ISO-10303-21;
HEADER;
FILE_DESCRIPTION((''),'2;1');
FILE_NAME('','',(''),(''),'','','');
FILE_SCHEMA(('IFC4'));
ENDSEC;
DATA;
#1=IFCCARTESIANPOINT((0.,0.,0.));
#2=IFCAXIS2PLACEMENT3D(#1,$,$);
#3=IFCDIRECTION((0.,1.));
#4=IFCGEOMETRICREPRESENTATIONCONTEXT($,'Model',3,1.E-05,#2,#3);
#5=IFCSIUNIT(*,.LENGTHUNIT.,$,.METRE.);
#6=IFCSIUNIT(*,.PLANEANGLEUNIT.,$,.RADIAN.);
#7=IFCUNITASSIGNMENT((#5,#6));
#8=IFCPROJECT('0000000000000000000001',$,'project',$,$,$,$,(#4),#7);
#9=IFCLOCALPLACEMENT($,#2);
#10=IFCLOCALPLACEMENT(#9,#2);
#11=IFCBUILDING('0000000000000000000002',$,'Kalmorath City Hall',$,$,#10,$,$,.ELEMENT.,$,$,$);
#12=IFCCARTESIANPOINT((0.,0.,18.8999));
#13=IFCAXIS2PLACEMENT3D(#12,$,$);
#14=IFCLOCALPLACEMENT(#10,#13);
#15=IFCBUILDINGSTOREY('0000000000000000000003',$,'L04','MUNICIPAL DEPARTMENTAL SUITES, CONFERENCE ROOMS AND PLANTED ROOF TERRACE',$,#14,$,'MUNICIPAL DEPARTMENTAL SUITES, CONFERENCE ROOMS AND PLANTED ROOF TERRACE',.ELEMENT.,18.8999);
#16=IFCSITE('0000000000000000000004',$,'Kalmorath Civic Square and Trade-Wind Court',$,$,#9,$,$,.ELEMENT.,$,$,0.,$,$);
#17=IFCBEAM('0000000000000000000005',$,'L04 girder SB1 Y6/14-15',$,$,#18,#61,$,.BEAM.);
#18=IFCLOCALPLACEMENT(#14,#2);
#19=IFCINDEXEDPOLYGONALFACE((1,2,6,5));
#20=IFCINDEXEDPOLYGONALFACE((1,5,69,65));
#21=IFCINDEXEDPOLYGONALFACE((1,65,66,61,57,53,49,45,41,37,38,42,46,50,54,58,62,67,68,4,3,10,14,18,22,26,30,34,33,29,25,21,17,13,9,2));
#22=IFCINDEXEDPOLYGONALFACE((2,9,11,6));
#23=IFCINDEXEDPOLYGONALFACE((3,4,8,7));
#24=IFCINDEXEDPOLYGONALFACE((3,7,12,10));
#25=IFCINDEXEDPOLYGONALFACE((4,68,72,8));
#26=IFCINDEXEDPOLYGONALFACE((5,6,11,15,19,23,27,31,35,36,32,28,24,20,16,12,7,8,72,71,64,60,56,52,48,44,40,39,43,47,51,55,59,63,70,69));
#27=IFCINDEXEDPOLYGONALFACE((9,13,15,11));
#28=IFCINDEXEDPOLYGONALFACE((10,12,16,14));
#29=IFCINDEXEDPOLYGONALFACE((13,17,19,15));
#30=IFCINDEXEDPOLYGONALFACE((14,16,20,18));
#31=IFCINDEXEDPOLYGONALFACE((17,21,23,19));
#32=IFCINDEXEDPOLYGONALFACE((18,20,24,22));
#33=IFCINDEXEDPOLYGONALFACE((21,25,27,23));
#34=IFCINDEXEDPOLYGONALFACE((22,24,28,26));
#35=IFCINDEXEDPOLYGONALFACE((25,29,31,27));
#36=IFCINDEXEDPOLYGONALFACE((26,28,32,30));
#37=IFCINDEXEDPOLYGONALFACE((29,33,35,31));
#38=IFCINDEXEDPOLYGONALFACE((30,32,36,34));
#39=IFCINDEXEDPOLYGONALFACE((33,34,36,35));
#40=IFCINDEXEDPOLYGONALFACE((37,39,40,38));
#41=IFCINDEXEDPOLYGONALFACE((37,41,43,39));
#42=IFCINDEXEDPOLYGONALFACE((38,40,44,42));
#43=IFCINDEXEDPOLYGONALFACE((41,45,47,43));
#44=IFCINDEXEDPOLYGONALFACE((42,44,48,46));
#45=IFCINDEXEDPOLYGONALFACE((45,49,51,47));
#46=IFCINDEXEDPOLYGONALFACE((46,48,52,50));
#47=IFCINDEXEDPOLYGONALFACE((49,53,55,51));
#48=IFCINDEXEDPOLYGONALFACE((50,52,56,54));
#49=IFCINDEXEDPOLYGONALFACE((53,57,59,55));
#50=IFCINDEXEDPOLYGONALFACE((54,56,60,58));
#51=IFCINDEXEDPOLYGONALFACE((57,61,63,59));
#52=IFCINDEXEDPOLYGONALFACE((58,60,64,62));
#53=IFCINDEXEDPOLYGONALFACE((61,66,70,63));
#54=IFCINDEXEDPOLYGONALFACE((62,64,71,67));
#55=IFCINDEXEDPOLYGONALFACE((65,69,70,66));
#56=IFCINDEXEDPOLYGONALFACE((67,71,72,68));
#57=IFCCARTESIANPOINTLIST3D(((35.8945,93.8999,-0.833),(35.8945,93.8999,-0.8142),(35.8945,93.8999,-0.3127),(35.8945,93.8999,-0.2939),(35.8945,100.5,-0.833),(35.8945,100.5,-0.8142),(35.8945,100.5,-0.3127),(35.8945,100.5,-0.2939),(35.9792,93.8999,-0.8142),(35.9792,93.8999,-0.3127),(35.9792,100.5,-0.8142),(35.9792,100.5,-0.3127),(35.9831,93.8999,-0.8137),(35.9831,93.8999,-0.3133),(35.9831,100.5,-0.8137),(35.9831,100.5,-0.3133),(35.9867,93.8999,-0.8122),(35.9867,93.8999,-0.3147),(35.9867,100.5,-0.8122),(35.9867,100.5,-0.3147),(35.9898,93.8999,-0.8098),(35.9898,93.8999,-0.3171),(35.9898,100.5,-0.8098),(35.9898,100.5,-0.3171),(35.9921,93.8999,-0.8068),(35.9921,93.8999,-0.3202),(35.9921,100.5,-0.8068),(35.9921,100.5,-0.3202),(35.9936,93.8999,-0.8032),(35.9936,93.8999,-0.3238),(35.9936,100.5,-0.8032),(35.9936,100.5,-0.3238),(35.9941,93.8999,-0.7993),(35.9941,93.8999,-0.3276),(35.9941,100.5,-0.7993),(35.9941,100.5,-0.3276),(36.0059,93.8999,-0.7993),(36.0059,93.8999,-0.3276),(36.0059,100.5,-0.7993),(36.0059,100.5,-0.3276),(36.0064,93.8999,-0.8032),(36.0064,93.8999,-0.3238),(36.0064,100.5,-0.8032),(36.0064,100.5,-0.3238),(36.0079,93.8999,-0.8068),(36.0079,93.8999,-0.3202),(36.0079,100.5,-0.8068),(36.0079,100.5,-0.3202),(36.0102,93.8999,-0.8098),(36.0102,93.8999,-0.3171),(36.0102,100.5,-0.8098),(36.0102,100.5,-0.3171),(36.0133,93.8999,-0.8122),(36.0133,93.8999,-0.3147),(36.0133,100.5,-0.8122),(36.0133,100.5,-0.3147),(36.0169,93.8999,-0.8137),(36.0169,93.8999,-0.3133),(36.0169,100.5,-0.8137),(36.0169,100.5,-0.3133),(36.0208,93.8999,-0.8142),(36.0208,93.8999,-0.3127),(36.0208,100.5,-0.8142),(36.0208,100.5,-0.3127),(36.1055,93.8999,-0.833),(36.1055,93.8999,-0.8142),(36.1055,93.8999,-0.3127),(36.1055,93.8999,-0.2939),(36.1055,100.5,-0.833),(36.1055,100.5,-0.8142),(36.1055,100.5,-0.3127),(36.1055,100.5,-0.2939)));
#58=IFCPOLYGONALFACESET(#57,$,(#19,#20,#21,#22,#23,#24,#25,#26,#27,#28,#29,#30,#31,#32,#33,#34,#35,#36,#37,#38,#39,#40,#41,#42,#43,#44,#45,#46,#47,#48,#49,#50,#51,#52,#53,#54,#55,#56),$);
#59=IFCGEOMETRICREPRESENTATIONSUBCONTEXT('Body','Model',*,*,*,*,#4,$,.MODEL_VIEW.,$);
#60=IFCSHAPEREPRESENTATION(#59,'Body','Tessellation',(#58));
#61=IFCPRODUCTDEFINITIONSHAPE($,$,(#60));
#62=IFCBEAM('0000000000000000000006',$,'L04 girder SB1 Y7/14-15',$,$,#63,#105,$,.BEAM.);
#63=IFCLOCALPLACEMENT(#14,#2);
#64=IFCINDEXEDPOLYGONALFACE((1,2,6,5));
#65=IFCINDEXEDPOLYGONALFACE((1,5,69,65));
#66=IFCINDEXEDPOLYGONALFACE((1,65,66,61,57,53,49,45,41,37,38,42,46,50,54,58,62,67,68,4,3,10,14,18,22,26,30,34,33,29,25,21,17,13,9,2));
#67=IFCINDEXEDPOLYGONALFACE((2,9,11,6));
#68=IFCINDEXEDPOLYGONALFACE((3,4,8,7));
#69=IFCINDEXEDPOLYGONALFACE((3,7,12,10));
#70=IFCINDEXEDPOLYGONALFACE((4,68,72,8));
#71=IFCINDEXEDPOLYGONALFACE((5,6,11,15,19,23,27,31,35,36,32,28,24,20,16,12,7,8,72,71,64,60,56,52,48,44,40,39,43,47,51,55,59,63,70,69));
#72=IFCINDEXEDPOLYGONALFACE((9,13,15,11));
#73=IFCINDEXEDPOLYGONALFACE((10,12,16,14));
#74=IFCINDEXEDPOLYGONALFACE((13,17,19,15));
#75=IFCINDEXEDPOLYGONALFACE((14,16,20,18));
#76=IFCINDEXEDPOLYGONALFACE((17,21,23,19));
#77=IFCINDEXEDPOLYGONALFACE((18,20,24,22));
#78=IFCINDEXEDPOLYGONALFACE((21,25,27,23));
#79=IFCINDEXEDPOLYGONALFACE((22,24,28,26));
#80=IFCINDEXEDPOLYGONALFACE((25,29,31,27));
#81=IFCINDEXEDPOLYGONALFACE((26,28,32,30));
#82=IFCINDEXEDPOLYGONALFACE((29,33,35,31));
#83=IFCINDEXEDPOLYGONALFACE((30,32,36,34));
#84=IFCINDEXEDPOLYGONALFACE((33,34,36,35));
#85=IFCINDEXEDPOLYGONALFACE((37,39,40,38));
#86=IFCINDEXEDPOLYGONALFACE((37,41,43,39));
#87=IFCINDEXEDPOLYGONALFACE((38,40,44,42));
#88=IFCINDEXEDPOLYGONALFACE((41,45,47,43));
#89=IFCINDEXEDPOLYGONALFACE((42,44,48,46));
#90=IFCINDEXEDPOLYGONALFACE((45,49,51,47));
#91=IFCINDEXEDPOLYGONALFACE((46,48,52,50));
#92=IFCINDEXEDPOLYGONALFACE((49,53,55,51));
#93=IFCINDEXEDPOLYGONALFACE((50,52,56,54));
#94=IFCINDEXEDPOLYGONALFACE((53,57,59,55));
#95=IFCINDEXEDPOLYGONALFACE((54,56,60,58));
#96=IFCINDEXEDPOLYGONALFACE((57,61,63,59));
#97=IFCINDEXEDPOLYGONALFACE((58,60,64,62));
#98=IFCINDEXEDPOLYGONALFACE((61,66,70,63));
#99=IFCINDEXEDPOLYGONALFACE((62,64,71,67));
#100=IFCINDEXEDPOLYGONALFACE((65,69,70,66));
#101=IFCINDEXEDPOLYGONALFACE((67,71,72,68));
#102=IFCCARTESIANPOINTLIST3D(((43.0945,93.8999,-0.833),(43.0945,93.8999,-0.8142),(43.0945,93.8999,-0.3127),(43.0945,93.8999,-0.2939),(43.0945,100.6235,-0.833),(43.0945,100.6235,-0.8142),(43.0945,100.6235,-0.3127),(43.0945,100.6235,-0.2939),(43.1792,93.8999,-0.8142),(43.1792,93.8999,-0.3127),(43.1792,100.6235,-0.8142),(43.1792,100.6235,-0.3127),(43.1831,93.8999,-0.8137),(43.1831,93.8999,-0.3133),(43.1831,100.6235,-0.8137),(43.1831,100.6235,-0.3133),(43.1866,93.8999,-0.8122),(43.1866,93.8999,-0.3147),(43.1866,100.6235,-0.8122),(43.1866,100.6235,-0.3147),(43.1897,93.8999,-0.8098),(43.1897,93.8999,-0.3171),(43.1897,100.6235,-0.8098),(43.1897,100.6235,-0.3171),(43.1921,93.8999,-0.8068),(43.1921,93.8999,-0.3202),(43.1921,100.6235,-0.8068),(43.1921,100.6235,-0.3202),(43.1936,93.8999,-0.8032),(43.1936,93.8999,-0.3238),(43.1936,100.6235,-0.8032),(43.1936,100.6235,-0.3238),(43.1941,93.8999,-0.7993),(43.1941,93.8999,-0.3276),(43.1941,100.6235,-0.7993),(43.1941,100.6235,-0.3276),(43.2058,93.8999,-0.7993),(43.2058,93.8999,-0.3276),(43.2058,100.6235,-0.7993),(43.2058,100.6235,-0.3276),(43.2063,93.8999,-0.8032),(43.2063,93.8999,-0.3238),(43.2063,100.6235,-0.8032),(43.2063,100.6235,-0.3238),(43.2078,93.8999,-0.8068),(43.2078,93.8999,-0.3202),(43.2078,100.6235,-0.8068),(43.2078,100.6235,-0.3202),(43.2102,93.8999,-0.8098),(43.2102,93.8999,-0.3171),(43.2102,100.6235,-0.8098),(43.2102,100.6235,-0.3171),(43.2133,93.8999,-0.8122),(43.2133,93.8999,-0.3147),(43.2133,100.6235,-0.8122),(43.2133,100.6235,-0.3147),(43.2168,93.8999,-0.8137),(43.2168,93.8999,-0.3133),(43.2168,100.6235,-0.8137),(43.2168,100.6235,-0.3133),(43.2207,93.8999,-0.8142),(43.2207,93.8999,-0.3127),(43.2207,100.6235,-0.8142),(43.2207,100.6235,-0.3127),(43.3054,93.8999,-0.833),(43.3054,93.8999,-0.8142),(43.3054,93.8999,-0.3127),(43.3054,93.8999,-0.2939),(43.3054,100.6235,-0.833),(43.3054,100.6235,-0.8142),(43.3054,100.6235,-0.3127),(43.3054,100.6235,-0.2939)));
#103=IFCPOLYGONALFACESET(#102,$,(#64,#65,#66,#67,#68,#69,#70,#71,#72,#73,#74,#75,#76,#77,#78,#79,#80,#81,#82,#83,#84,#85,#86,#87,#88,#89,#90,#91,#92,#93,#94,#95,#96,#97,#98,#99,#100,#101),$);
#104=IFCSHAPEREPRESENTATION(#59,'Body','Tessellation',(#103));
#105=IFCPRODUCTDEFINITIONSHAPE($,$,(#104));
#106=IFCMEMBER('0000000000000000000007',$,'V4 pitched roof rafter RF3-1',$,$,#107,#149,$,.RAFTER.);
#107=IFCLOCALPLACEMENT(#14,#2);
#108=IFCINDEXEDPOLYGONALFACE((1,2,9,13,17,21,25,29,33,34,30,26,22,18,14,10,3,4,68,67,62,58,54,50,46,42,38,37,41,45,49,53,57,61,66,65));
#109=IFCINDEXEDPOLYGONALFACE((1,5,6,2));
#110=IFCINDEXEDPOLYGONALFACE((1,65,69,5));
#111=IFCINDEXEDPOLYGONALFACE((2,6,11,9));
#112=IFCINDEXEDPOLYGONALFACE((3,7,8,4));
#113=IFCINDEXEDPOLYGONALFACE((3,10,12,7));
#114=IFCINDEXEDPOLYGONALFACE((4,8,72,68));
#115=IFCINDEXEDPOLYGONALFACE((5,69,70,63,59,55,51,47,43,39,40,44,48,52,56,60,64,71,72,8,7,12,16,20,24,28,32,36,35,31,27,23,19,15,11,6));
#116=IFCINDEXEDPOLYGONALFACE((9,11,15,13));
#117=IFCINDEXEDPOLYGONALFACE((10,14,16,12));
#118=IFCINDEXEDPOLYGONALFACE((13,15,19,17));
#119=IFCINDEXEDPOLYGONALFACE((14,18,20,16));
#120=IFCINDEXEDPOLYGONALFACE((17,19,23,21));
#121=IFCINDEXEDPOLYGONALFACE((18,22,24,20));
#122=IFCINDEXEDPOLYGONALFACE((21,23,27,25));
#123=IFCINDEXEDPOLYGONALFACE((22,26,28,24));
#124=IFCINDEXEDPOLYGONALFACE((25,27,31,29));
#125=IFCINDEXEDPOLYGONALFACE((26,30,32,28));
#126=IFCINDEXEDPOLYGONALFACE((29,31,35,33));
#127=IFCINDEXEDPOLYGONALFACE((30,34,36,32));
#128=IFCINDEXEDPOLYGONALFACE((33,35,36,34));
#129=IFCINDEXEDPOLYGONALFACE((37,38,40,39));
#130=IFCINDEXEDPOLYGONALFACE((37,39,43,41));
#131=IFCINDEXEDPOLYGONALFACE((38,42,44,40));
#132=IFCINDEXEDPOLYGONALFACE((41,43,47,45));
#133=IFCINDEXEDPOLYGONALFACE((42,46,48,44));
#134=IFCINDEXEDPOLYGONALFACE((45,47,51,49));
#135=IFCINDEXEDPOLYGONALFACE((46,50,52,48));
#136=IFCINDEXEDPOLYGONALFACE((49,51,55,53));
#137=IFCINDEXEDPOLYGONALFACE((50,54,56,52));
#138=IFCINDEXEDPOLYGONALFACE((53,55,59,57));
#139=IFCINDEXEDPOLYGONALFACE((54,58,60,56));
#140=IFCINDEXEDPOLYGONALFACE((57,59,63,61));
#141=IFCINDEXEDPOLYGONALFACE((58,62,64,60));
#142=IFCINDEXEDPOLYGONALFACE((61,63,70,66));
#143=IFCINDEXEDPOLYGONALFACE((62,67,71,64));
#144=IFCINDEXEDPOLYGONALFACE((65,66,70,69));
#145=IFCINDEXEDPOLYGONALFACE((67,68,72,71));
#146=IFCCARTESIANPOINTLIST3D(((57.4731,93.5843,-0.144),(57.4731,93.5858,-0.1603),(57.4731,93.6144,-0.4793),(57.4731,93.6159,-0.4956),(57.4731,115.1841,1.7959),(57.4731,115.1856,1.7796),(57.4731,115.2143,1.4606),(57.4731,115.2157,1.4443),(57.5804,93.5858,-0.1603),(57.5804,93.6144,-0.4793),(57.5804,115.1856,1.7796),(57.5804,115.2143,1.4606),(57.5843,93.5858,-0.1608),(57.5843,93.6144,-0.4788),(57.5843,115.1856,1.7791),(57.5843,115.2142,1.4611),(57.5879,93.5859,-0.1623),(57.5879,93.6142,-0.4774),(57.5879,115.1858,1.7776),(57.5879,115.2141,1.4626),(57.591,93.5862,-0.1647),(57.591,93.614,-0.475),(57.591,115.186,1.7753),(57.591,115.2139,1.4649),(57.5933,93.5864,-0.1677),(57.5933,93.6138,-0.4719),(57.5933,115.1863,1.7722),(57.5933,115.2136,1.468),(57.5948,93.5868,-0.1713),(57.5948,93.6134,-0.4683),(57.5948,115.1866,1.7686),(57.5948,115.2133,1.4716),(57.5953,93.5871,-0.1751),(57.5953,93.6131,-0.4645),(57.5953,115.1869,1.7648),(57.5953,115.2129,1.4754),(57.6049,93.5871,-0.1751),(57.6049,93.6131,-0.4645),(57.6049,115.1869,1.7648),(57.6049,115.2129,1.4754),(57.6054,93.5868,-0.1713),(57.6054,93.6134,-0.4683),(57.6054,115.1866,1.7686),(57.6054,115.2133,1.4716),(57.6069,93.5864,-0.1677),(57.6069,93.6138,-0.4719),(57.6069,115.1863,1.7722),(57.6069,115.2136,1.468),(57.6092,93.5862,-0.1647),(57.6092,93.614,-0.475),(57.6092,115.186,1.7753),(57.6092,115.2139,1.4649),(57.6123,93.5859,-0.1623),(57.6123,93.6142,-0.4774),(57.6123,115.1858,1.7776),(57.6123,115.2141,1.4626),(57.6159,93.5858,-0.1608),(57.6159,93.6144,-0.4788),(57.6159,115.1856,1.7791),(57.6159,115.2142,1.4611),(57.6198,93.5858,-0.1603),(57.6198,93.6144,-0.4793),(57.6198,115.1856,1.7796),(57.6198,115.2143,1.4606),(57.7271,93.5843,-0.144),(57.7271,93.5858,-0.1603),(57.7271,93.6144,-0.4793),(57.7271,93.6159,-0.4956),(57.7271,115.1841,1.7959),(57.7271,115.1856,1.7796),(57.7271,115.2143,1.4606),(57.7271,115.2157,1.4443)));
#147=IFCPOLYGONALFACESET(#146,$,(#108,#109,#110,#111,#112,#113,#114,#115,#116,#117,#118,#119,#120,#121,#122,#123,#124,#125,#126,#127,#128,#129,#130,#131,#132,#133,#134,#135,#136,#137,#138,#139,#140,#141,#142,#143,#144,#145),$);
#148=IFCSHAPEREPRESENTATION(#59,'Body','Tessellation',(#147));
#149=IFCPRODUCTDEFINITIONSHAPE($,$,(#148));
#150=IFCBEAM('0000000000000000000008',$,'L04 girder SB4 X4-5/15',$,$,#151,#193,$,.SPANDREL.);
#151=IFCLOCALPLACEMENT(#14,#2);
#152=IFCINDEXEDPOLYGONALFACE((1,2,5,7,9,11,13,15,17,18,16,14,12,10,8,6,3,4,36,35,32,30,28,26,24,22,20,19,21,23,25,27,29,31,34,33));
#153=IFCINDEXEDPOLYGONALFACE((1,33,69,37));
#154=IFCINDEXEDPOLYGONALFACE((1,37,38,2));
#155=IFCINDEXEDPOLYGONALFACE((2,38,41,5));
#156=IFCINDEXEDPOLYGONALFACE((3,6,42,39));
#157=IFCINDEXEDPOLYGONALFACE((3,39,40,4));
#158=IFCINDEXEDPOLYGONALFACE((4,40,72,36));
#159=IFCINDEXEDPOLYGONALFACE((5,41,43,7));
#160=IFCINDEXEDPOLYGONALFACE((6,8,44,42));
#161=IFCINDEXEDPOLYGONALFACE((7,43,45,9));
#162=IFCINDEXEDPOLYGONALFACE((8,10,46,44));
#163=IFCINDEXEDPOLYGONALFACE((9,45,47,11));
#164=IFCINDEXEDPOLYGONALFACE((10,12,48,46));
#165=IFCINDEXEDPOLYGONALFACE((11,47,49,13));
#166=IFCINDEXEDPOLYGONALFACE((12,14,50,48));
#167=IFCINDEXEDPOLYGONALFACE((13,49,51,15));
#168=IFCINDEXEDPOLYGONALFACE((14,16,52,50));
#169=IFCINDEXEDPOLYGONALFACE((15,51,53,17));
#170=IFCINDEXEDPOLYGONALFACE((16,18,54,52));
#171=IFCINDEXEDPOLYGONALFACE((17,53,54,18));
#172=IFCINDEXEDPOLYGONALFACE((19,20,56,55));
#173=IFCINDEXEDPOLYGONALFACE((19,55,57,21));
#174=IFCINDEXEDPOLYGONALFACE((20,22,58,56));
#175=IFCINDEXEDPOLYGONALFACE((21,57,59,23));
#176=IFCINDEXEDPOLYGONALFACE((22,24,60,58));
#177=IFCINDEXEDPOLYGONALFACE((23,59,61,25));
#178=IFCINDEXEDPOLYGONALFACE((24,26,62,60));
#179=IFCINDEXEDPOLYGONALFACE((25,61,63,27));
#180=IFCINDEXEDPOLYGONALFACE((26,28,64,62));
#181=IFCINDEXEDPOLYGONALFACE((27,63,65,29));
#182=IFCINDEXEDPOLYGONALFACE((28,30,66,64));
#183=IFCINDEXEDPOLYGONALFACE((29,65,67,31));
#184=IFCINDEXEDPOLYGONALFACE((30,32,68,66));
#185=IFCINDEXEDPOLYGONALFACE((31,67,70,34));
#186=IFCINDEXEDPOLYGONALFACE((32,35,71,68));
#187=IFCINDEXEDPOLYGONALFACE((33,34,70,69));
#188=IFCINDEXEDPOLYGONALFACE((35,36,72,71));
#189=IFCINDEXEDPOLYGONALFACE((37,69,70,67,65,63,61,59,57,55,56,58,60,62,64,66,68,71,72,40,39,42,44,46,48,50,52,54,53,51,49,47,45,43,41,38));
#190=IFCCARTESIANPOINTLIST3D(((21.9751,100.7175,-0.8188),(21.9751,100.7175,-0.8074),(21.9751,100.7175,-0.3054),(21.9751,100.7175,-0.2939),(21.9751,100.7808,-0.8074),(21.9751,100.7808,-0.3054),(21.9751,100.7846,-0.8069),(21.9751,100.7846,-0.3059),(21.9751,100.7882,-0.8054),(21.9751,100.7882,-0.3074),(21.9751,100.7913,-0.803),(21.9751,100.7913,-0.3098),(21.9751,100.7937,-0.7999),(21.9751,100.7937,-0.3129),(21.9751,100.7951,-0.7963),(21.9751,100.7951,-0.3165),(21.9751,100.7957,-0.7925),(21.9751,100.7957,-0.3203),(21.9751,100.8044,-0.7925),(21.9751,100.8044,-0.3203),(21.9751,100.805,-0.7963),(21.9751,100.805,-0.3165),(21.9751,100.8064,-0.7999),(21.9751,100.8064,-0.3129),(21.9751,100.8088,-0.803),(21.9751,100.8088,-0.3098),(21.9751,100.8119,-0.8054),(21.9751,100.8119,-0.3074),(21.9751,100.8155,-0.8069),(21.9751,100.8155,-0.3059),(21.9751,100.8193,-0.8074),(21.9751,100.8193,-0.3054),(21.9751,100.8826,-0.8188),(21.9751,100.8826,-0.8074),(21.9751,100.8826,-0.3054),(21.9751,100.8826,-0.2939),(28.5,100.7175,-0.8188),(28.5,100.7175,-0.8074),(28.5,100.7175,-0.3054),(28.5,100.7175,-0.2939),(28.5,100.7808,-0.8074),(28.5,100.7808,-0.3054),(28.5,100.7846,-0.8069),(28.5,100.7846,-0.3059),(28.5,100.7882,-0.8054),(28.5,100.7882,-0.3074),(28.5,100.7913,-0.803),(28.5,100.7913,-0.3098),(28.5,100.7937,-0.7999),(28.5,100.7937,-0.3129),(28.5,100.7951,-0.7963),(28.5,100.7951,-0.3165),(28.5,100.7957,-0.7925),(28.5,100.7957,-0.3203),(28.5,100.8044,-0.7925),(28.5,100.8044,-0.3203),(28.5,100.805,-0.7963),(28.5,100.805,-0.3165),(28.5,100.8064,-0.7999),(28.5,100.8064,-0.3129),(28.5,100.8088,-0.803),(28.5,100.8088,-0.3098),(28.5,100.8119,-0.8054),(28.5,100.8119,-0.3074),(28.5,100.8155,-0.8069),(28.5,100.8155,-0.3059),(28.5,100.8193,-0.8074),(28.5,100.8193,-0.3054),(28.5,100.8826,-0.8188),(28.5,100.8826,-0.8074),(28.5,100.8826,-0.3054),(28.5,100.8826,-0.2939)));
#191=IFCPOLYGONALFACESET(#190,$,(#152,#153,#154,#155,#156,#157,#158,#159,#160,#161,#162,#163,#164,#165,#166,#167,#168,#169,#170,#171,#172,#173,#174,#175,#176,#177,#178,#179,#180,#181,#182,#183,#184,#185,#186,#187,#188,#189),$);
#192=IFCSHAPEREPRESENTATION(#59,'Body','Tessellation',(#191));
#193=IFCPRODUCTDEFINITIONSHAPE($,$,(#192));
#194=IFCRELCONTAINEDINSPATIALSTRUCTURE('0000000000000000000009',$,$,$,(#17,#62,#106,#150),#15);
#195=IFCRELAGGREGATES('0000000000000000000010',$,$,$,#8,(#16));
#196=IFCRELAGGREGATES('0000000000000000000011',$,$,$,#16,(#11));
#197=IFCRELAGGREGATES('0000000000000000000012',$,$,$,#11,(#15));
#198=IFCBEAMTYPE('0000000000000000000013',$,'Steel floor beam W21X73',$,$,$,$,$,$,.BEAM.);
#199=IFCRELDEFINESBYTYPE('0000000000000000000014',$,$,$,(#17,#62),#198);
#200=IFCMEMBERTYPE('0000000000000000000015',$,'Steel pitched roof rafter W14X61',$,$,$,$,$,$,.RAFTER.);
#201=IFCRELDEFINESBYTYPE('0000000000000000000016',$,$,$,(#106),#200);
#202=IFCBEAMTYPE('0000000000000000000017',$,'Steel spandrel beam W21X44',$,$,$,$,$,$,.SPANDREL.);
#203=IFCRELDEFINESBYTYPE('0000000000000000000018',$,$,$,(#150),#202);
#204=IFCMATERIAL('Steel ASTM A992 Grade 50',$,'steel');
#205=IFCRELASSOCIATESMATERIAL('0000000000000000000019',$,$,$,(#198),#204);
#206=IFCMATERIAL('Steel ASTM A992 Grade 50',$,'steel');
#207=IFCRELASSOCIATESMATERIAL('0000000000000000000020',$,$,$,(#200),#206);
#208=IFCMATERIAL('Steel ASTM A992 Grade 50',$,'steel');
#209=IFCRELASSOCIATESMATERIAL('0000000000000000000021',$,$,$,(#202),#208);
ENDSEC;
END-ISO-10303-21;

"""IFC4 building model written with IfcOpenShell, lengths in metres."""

from ifc_helpers import new_model, si_unit, direction, frame, origin, origin_2d, place, context, subcontext, project, spatial, i_section, extrude, material, material_profile, profile_set, type_object, element, save


model = new_model("IFC4")

# Units and contexts
model_context = context("Model", 3, precision=1e-05, world=origin(), true_north=direction((0.0, 1.0)))
body_context = subcontext(model_context, "Body", "Model", "MODEL_VIEW")
ifc_project = project(units=[si_unit("LENGTHUNIT", "METRE"), si_unit("PLANEANGLEUNIT", "RADIAN")], contexts=[model_context])

# Site, building, storey
site_placement = place(None, origin())
site = spatial("IfcSite", under=ifc_project, at=site_placement, Name="Kalmorath Civic Square and Trade-Wind Court", CompositionType="ELEMENT", RefElevation=0.0)
building_placement = place(site_placement, origin())
building = spatial("IfcBuilding", under=site, at=building_placement, Name="Kalmorath City Hall", CompositionType="ELEMENT")
storey_placement = place(building_placement, frame((0.0, 0.0, 18.8999)))
storey = spatial("IfcBuildingStorey", under=building, at=storey_placement, Name="L04", Description="MUNICIPAL DEPARTMENTAL SUITES, CONFERENCE ROOMS AND PLANTED ROOF TERRACE", LongName="MUNICIPAL DEPARTMENTAL SUITES, CONFERENCE ROOMS AND PLANTED ROOF TERRACE", CompositionType="ELEMENT", Elevation=18.8999)

# Beams
ifc_material_1 = material(Name="Steel ASTM A992 Grade 50", Category="steel")
ifc_material_profile_1 = material_profile(ifc_material_1, i_section(OverallWidth=0.2109, OverallDepth=0.5391, WebThickness=0.0117, FlangeThickness=0.0188, FilletRadius=0.0149, at=origin_2d()), Name="W21X73")
ifc_profile_set_1 = profile_set([ifc_material_profile_1], Name="Steel ASTM A992 Grade 50")
beam_type_1 = type_object("IfcBeamType", Name="Steel floor beam W21X73", PredefinedType="BEAM", material=ifc_profile_set_1)
for number, where, z_axis, x_axis, name in (
    (1, (36.0, 93.8999, -0.5635), (0.0, 1.0, 0.0), (-1.0, 0.0, 0.0), "L04 girder SB1 Y6/14-15"),
):
    element("IfcBeam", number, at=place(storey_placement, frame(where, z_axis=z_axis, x_axis=x_axis)), inside=storey, type_object=beam_type_1, Name=name, PredefinedType="BEAM", context=body_context, shape_type="SweptSolid", body=[
        extrude(i_section(OverallWidth=0.2109, OverallDepth=0.5391, WebThickness=0.0117, FlangeThickness=0.0188, FilletRadius=0.0149, at=origin_2d()), origin(), (0.0, 0.0, 1.0), 6.6001),
    ])
beam_1_placement = place(storey_placement, frame((43.2, 93.8999, -0.5635), z_axis=(0.0, 1.0, 0.0), x_axis=(-1.0, 0.0, 0.0)))
element("IfcBeam", 2, at=beam_1_placement, inside=storey, type_object=beam_type_1, Name="L04 girder SB1 Y7/14-15", PredefinedType="BEAM", context=body_context, shape_type="SweptSolid", body=[
    extrude(i_section(OverallWidth=0.2109, OverallDepth=0.5391, WebThickness=0.0117, FlangeThickness=0.0188, FilletRadius=0.0149, at=origin_2d()), origin(), (0.0, 0.0, 1.0), 6.7236),
])

# Member
ifc_material_2 = material(Name="Steel ASTM A992 Grade 50", Category="steel")
ifc_material_profile_2 = material_profile(ifc_material_2, i_section(OverallWidth=0.2539, OverallDepth=0.353, WebThickness=0.0095, FlangeThickness=0.0164, FilletRadius=0.0149, at=origin_2d()), Name="W14X61")
ifc_profile_set_2 = profile_set([ifc_material_profile_2], Name="Steel ASTM A992 Grade 50")
member_type = type_object("IfcMemberType", Name="Steel pitched roof rafter W14X61", PredefinedType="RAFTER", material=ifc_profile_set_2)
member_placement = place(storey_placement, frame((57.6001, 93.6001, -0.3198), z_axis=(0.0, 0.995991, 0.089453), x_axis=(-1.0, 0.0, 0.0)))
element("IfcMember", 3, at=member_placement, inside=storey, type_object=member_type, Name="V4 pitched roof rafter RF3-1", PredefinedType="RAFTER", context=body_context, shape_type="SweptSolid", body=[
    extrude(i_section(OverallWidth=0.2539, OverallDepth=0.353, WebThickness=0.0095, FlangeThickness=0.0164, FilletRadius=0.0149, at=origin_2d()), origin(), (0.0, 0.0, 1.0), 21.6868),
])

# Beam
ifc_material_3 = material(Name="Steel ASTM A992 Grade 50", Category="steel")
ifc_material_profile_3 = material_profile(ifc_material_3, i_section(OverallWidth=0.165, OverallDepth=0.5249, WebThickness=0.0088, FlangeThickness=0.0115, FilletRadius=0.0149, at=origin_2d()), Name="W21X44")
ifc_profile_set_3 = profile_set([ifc_material_profile_3], Name="Steel ASTM A992 Grade 50")
beam_type_2 = type_object("IfcBeamType", Name="Steel spandrel beam W21X44", PredefinedType="SPANDREL", material=ifc_profile_set_3)
beam_2_placement = place(storey_placement, frame((21.9751, 100.8, -0.5564), z_axis=(1.0, 0.0, 0.0), x_axis=(0.0, 1.0, 0.0)))
element("IfcBeam", 4, at=beam_2_placement, inside=storey, type_object=beam_type_2, Name="L04 girder SB4 X4-5/15", PredefinedType="SPANDREL", context=body_context, shape_type="SweptSolid", body=[
    extrude(i_section(OverallWidth=0.165, OverallDepth=0.5249, WebThickness=0.0088, FlangeThickness=0.0115, FilletRadius=0.0149, at=origin_2d()), origin(), (0.0, 0.0, 1.0), 6.5249),
])

save(model, "model.ifc")
